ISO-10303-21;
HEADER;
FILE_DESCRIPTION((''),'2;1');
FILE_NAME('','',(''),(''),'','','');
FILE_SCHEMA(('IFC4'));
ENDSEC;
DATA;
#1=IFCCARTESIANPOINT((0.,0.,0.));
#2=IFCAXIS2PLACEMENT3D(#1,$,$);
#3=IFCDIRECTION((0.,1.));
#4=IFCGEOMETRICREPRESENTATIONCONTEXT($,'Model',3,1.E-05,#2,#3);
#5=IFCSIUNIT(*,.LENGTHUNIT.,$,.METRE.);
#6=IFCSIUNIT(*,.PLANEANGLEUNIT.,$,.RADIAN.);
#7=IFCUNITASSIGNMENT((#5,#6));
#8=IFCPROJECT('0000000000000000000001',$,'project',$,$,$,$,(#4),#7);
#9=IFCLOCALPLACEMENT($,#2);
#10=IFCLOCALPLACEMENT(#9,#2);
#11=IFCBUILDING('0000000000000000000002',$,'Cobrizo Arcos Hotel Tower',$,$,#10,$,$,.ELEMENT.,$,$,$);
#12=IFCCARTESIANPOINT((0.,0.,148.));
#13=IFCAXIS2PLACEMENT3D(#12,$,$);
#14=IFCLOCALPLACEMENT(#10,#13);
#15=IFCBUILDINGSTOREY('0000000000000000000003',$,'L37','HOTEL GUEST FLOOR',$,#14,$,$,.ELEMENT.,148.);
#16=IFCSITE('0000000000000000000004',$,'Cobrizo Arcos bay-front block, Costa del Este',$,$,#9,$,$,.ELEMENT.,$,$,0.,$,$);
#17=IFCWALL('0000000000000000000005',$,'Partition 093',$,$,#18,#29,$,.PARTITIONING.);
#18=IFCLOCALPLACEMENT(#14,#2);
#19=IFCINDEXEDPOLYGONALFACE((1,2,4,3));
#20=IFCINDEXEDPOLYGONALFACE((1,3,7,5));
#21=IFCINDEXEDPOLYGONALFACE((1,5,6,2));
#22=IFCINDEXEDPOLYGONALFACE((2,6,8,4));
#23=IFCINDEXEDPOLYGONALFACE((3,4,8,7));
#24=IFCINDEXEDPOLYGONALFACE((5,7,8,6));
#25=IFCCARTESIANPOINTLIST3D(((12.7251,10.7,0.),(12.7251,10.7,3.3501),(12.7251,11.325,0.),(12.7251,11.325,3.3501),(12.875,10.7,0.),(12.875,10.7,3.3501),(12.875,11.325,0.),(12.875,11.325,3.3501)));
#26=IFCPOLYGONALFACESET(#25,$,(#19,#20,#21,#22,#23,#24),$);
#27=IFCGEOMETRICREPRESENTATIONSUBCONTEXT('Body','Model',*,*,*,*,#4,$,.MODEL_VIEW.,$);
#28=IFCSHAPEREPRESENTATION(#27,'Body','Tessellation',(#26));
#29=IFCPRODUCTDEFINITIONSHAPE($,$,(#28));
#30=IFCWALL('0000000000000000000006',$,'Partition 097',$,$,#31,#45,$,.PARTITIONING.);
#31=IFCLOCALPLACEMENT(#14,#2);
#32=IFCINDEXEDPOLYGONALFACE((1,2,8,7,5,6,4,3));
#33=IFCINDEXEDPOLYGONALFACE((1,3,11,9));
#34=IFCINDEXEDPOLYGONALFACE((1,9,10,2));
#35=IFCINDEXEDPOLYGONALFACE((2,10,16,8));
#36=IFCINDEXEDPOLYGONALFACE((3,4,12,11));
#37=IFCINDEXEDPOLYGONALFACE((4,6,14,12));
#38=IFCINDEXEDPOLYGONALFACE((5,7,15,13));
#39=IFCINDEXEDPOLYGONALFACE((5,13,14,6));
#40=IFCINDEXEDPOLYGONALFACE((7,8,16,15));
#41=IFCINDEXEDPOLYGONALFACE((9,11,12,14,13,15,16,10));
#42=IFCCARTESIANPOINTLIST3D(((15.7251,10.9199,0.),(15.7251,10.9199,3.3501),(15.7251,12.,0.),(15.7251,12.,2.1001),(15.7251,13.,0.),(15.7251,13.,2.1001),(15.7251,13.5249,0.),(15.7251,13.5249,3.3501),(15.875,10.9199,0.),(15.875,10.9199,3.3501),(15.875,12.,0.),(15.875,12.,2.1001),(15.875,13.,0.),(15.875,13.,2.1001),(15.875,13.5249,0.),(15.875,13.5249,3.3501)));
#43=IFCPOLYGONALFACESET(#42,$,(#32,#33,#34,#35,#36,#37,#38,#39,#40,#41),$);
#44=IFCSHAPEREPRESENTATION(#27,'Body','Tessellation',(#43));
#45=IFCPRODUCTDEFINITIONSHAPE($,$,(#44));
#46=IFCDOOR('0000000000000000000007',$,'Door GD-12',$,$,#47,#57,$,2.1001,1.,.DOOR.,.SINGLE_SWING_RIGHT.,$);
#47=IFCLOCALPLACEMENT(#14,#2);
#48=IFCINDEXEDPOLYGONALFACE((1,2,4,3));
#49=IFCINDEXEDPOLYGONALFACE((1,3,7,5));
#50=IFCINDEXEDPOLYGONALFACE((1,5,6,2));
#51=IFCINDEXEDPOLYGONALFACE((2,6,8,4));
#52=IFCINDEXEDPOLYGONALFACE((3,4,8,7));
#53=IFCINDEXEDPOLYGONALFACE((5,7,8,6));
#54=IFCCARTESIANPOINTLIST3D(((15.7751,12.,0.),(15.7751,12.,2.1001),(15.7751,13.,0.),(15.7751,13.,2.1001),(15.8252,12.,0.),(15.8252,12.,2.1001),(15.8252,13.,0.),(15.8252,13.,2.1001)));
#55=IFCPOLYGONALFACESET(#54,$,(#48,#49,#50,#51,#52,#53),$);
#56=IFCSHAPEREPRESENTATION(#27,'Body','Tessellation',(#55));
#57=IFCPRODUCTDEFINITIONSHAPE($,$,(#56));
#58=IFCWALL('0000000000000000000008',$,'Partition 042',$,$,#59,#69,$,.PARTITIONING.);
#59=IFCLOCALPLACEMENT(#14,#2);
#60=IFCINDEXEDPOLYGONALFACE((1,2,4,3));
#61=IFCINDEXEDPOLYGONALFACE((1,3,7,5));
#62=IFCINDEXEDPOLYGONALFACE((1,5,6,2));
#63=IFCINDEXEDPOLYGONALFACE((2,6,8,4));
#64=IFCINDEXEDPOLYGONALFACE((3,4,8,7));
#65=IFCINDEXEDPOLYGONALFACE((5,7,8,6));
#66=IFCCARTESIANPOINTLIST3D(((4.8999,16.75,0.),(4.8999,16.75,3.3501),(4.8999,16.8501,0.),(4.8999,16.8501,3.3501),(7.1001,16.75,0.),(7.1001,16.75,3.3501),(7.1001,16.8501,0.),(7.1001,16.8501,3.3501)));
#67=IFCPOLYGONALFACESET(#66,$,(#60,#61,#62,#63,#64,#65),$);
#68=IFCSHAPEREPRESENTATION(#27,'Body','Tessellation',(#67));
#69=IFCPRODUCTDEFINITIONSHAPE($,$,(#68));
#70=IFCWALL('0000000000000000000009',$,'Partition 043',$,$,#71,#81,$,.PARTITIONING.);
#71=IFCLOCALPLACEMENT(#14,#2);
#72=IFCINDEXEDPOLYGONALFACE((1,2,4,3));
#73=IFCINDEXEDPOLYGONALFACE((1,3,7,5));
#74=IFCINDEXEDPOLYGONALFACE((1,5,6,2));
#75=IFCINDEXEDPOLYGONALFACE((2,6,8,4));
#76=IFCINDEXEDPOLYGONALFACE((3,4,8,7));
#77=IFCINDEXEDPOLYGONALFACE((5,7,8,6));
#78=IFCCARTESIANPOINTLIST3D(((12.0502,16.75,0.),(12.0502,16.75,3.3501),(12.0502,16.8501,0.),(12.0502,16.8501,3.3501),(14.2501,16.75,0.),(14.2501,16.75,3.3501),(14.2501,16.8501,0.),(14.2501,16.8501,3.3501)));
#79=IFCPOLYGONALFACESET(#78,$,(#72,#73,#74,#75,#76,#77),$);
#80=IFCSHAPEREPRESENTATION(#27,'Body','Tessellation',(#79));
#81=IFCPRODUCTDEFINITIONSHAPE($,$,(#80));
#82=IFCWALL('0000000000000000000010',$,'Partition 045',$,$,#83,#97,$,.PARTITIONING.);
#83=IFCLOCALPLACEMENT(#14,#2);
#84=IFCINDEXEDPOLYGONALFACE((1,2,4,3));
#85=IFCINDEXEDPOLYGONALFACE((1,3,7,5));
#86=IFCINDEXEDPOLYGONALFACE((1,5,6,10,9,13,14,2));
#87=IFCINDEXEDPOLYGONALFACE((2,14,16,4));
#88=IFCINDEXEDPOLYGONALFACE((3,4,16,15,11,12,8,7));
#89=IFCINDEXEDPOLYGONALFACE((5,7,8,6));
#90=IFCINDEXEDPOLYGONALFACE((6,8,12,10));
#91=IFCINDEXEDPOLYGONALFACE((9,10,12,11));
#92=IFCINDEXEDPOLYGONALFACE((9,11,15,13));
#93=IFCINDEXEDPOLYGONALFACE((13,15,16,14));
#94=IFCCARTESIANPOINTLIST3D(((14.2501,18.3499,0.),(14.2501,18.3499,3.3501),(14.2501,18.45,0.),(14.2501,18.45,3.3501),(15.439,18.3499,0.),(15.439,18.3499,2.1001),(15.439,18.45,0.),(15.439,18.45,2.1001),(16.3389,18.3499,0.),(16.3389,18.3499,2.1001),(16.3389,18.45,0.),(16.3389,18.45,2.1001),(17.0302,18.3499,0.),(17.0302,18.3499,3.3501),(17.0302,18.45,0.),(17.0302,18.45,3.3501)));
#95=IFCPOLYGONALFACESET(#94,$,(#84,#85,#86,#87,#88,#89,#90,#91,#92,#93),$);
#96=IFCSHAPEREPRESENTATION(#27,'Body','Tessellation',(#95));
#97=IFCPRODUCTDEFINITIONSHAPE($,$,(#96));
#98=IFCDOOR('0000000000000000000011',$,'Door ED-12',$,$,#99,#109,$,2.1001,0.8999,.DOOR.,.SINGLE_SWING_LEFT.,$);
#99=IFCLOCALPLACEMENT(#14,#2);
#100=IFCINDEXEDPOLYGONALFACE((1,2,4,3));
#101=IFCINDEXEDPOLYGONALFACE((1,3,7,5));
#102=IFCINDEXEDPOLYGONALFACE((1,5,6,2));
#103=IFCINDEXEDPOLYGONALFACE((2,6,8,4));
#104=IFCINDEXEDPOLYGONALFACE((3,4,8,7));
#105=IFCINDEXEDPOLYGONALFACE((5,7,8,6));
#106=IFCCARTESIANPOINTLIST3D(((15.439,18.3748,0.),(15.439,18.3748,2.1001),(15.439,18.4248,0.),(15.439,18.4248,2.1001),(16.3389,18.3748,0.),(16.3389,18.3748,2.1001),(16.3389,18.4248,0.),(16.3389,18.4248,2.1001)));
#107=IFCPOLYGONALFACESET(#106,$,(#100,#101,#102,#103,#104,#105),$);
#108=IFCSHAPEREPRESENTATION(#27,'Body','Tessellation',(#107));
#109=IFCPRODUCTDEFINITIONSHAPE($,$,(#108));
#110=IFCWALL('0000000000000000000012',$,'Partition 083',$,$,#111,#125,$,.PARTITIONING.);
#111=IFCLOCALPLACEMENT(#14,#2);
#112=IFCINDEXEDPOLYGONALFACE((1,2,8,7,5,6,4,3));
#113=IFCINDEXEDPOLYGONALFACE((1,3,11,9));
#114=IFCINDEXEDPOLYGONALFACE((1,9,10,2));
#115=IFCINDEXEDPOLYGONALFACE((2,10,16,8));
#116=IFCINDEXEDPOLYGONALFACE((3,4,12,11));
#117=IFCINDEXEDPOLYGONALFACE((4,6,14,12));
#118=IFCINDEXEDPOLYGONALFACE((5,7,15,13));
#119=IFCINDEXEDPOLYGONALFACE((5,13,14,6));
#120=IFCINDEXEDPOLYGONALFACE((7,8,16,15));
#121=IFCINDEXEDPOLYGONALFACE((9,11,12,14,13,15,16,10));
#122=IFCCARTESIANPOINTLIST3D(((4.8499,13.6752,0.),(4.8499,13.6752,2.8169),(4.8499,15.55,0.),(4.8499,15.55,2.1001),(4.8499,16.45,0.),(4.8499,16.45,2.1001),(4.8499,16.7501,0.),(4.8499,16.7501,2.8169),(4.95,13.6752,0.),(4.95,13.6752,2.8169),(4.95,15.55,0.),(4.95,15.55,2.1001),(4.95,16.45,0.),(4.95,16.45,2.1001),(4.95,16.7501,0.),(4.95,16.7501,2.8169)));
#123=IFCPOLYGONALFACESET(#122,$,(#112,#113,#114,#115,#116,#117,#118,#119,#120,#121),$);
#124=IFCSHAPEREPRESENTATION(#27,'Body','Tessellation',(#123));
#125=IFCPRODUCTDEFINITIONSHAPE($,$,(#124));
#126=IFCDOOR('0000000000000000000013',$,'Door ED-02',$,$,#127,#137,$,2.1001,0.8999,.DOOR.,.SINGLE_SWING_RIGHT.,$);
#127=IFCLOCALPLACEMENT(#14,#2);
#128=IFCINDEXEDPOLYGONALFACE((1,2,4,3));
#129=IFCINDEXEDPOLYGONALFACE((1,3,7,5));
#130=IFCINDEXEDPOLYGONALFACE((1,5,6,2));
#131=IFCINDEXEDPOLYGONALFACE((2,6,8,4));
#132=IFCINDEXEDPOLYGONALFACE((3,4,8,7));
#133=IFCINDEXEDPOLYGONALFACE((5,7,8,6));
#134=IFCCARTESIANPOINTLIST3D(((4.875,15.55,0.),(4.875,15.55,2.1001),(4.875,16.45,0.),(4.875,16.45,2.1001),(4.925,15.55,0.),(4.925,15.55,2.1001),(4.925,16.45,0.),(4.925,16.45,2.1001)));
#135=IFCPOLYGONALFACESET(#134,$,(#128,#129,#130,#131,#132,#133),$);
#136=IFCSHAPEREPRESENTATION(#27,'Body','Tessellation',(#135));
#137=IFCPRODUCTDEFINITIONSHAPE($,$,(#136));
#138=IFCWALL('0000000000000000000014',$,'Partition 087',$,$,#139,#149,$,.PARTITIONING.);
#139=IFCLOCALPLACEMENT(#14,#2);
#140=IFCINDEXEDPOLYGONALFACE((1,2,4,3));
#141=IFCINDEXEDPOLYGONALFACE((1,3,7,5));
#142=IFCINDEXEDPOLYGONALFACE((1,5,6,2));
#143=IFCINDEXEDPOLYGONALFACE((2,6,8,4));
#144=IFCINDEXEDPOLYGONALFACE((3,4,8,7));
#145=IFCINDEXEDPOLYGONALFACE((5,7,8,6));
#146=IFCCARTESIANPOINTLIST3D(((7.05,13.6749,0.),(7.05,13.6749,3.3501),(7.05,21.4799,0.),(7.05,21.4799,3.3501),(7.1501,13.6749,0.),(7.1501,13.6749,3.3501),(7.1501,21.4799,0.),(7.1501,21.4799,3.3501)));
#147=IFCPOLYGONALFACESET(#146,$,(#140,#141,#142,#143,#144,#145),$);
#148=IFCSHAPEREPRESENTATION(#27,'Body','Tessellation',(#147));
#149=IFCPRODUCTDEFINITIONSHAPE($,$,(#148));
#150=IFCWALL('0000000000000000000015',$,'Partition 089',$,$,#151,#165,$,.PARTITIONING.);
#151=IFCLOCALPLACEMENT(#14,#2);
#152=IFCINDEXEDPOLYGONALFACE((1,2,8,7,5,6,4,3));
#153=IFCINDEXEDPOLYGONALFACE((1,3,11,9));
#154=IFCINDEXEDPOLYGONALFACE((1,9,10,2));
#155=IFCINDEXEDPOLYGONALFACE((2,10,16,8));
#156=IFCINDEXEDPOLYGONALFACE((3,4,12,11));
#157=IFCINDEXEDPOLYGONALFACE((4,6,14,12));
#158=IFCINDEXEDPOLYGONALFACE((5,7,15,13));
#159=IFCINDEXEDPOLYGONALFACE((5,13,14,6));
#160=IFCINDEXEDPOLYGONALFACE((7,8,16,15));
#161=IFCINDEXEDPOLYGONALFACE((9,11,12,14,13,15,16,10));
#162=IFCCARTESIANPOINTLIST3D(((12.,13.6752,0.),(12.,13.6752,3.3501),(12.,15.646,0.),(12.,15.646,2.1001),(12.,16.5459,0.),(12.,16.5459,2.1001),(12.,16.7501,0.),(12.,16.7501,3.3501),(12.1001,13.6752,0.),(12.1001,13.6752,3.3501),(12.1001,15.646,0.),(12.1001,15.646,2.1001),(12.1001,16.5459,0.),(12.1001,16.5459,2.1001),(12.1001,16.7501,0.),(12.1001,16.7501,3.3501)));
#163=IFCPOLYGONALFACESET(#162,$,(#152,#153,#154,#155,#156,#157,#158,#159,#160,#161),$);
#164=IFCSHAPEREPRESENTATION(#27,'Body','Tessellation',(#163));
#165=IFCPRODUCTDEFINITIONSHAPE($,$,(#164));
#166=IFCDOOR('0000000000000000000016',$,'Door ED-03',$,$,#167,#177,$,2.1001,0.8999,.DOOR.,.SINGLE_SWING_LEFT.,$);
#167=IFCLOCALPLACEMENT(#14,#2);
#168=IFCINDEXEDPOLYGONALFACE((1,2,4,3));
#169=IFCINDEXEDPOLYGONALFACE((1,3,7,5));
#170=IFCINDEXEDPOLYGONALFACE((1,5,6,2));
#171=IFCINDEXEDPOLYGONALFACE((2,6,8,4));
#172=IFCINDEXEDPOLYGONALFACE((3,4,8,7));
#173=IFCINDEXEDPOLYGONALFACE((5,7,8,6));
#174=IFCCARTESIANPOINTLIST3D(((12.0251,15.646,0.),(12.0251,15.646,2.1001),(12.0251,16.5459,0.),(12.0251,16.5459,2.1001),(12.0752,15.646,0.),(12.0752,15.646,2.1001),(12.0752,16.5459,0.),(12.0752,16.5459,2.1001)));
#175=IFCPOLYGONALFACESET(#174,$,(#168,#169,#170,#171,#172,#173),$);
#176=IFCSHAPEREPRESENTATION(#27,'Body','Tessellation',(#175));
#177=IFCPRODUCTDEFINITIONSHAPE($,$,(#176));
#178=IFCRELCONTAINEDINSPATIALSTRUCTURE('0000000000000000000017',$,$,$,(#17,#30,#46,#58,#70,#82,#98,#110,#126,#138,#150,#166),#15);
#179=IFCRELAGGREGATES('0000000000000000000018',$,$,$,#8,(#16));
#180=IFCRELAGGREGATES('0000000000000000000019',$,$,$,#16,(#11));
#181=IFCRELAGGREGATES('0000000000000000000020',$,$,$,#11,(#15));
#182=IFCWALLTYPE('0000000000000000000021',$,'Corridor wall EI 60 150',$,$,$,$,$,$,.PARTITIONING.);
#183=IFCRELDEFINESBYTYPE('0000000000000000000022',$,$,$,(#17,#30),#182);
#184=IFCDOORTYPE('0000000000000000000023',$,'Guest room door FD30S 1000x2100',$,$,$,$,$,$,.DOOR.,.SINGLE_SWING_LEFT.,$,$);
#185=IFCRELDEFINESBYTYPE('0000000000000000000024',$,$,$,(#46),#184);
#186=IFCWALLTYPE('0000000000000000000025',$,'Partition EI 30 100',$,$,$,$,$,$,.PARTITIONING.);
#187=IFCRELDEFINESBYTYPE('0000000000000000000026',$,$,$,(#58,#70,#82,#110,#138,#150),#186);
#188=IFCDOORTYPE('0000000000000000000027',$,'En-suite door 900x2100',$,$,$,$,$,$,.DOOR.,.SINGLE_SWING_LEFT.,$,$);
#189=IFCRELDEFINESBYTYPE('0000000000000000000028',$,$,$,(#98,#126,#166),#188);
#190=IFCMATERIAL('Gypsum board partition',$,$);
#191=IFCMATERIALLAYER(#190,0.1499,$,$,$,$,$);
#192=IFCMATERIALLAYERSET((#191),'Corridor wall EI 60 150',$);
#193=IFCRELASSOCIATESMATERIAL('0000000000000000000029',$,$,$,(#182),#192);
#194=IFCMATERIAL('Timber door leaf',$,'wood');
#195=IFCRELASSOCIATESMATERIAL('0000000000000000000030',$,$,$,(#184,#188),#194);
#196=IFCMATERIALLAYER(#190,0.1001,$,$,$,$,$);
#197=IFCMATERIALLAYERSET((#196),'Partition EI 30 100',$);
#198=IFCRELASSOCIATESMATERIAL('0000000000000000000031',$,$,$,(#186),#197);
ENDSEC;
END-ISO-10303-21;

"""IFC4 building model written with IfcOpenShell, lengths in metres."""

from ifc_helpers import new_model, si_unit, direction, frame, frame_2d, origin, place, context, subcontext, project, spatial, rectangle, extrude, material, layer, layer_set, type_object, element, fill, save


model = new_model("IFC4")

# Units and contexts
model_context = context("Model", 3, precision=1e-05, world=origin(), true_north=direction((0.0, 1.0)))
body_context = subcontext(model_context, "Body", "Model", "MODEL_VIEW")
ifc_project = project(units=[si_unit("LENGTHUNIT", "METRE"), si_unit("PLANEANGLEUNIT", "RADIAN")], contexts=[model_context])

# Site, building, storey
site_placement = place(None, origin())
site = spatial("IfcSite", under=ifc_project, at=site_placement, Name="Cobrizo Arcos bay-front block, Costa del Este", CompositionType="ELEMENT", RefElevation=0.0)
building_placement = place(site_placement, origin())
building = spatial("IfcBuilding", under=site, at=building_placement, Name="Cobrizo Arcos Hotel Tower", CompositionType="ELEMENT")
storey_placement = place(building_placement, frame((0.0, 0.0, 148.0)))
storey = spatial("IfcBuildingStorey", under=building, at=storey_placement, Name="L37", Description="HOTEL GUEST FLOOR", CompositionType="ELEMENT", Elevation=148.0)

# Wall
ifc_material_1 = material(Name="Gypsum board partition")
ifc_layer_1 = layer(ifc_material_1, 0.1499)
ifc_layer_set_1 = layer_set([ifc_layer_1], Name="Corridor wall EI 60 150")
wall_type_1 = type_object("IfcWallType", Name="Corridor wall EI 60 150", PredefinedType="PARTITIONING", material=ifc_layer_set_1)
wall_1_placement = place(storey_placement, frame((12.8, 10.7, 0.0), z_axis=(0.0, 0.0, 1.0), x_axis=(0.0, 1.0, 0.0)))
element("IfcWall", 1, at=wall_1_placement, inside=storey, type_object=wall_type_1, Name="Partition 093", PredefinedType="PARTITIONING", context=body_context, shape_type="SweptSolid", body=[
    extrude(rectangle(XDim=0.625, YDim=0.1499, at=frame_2d((0.3125, 0.0))), origin(), (0.0, 0.0, 1.0), 3.3501),
])

# Wall, opening, door
wall_2_placement = place(storey_placement, frame((15.8, 10.9199, 0.0), z_axis=(0.0, 0.0, 1.0), x_axis=(0.0, 1.0, 0.0)))
wall_2 = element("IfcWall", 2, at=wall_2_placement, inside=storey, type_object=wall_type_1, Name="Partition 097", PredefinedType="PARTITIONING", context=body_context, shape_type="SweptSolid", body=[
    extrude(rectangle(XDim=2.605, YDim=0.1499, at=frame_2d((1.3025, 0.0))), origin(), (0.0, 0.0, 1.0), 3.3501),
])
opening_1_placement = place(wall_2_placement, frame((1.0801, 0.0, 0.0)))
opening_1 = element("IfcOpeningElement", 3, at=opening_1_placement, cuts=wall_2, PredefinedType="OPENING", context=body_context, shape_type="SweptSolid", body=[
    extrude(rectangle(XDim=1.0, YDim=2.1001, at=frame_2d((0.5, 1.05))), frame((0.0, 0.0869, 0.0), z_axis=(0.0, -1.0, 0.0), x_axis=(1.0, 0.0, 0.0)), (0.0, 0.0, 1.0), 0.1738),
])
ifc_material_2 = material(Name="Timber door leaf", Category="wood")
door_type_1 = type_object("IfcDoorType", Name="Guest room door FD30S 1000x2100", OperationType="SINGLE_SWING_LEFT", PredefinedType="DOOR", material=ifc_material_2)
door_1_placement = place(opening_1_placement, origin())
door_1 = element("IfcDoor", 4, at=door_1_placement, inside=storey, type_object=door_type_1, Name="Door GD-12", OperationType="SINGLE_SWING_RIGHT", OverallHeight=2.1001, OverallWidth=1.0, PredefinedType="DOOR", context=body_context, shape_type="SweptSolid", body=[
    extrude(rectangle(XDim=1.0, YDim=2.1001, at=frame_2d((0.5, 1.05))), frame((0.0, 0.0249, 0.0), z_axis=(0.0, -1.0, 0.0), x_axis=(1.0, 0.0, 0.0)), (0.0, 0.0, 1.0), 0.05),
])
fill(opening_1, door_1)

# Walls
ifc_layer_2 = layer(ifc_material_1, 0.1001)
ifc_layer_set_2 = layer_set([ifc_layer_2], Name="Partition EI 30 100")
wall_type_2 = type_object("IfcWallType", Name="Partition EI 30 100", PredefinedType="PARTITIONING", material=ifc_layer_set_2)
wall_3_placement = place(storey_placement, frame((4.8999, 16.8, 0.0), z_axis=(0.0, 0.0, 1.0), x_axis=(1.0, 0.0, 0.0)))
element("IfcWall", 5, at=wall_3_placement, inside=storey, type_object=wall_type_2, Name="Partition 042", PredefinedType="PARTITIONING", context=body_context, shape_type="SweptSolid", body=[
    extrude(rectangle(XDim=2.2002, YDim=0.1001, at=frame_2d((1.1001, 0.0))), origin(), (0.0, 0.0, 1.0), 3.3501),
])
wall_4_placement = place(storey_placement, frame((12.05, 16.8, 0.0), z_axis=(0.0, 0.0, 1.0), x_axis=(1.0, 0.0, 0.0)))
element("IfcWall", 6, at=wall_4_placement, inside=storey, type_object=wall_type_2, Name="Partition 043", PredefinedType="PARTITIONING", context=body_context, shape_type="SweptSolid", body=[
    extrude(rectangle(XDim=2.2, YDim=0.1001, at=frame_2d((1.1001, 0.0))), origin(), (0.0, 0.0, 1.0), 3.3501),
])

# Walls, openings, doors
wall_5_placement = place(storey_placement, frame((14.25, 18.3999, 0.0), z_axis=(0.0, 0.0, 1.0), x_axis=(1.0, 0.0, 0.0)))
wall_5 = element("IfcWall", 7, at=wall_5_placement, inside=storey, type_object=wall_type_2, Name="Partition 045", PredefinedType="PARTITIONING", context=body_context, shape_type="SweptSolid", body=[
    extrude(rectangle(XDim=2.78, YDim=0.1001, at=frame_2d((1.3901, 0.0))), origin(), (0.0, 0.0, 1.0), 3.3501),
])
opening_2_placement = place(wall_5_placement, frame((1.189, 0.0, 0.0)))
opening_2 = element("IfcOpeningElement", 8, at=opening_2_placement, cuts=wall_5, PredefinedType="OPENING", context=body_context, shape_type="SweptSolid", body=[
    extrude(rectangle(XDim=0.8999, YDim=2.1001, at=frame_2d((0.45, 1.05))), frame((0.0, 0.062, 0.0), z_axis=(0.0, -1.0, 0.0), x_axis=(1.0, 0.0, 0.0)), (0.0, 0.0, 1.0), 0.124),
])
door_type_2 = type_object("IfcDoorType", Name="En-suite door 900x2100", OperationType="SINGLE_SWING_LEFT", PredefinedType="DOOR", material=ifc_material_2)
door_2_placement = place(opening_2_placement, origin())
door_2 = element("IfcDoor", 9, at=door_2_placement, inside=storey, type_object=door_type_2, Name="Door ED-12", OperationType="SINGLE_SWING_LEFT", OverallHeight=2.1001, OverallWidth=0.8999, PredefinedType="DOOR", context=body_context, shape_type="SweptSolid", body=[
    extrude(rectangle(XDim=0.8999, YDim=2.1001, at=frame_2d((0.45, 1.05))), frame((0.0, 0.0249, 0.0), z_axis=(0.0, -1.0, 0.0), x_axis=(1.0, 0.0, 0.0)), (0.0, 0.0, 1.0), 0.05),
])
fill(opening_2, door_2)
wall_6_placement = place(storey_placement, frame((4.8999, 13.675, 0.0), z_axis=(0.0, 0.0, 1.0), x_axis=(0.0, 1.0, 0.0)))
wall_6 = element("IfcWall", 10, at=wall_6_placement, inside=storey, type_object=wall_type_2, Name="Partition 083", PredefinedType="PARTITIONING", context=body_context, shape_type="SweptSolid", body=[
    extrude(rectangle(XDim=3.075, YDim=0.1001, at=frame_2d((1.5376, 0.0))), origin(), (0.0, 0.0, 1.0), 2.8169),
])
opening_3_placement = place(wall_6_placement, frame((1.875, 0.0, 0.0)))
opening_3 = element("IfcOpeningElement", 11, at=opening_3_placement, cuts=wall_6, PredefinedType="OPENING", context=body_context, shape_type="SweptSolid", body=[
    extrude(rectangle(XDim=0.8999, YDim=2.1001, at=frame_2d((0.45, 1.05))), frame((0.0, 0.062, 0.0), z_axis=(0.0, -1.0, 0.0), x_axis=(1.0, 0.0, 0.0)), (0.0, 0.0, 1.0), 0.124),
])
door_3_placement = place(opening_3_placement, origin())
door_3 = element("IfcDoor", 12, at=door_3_placement, inside=storey, type_object=door_type_2, Name="Door ED-02", OperationType="SINGLE_SWING_RIGHT", OverallHeight=2.1001, OverallWidth=0.8999, PredefinedType="DOOR", context=body_context, shape_type="SweptSolid", body=[
    extrude(rectangle(XDim=0.8999, YDim=2.1001, at=frame_2d((0.45, 1.05))), frame((0.0, 0.0249, 0.0), z_axis=(0.0, -1.0, 0.0), x_axis=(1.0, 0.0, 0.0)), (0.0, 0.0, 1.0), 0.05),
])
fill(opening_3, door_3)

# Wall
wall_7_placement = place(storey_placement, frame((7.1001, 13.675, 0.0), z_axis=(0.0, 0.0, 1.0), x_axis=(0.0, 1.0, 0.0)))
element("IfcWall", 13, at=wall_7_placement, inside=storey, type_object=wall_type_2, Name="Partition 087", PredefinedType="PARTITIONING", context=body_context, shape_type="SweptSolid", body=[
    extrude(rectangle(XDim=7.8049, YDim=0.1001, at=frame_2d((3.9023, 0.0))), origin(), (0.0, 0.0, 1.0), 3.3501),
])

# Wall, opening, door
wall_8_placement = place(storey_placement, frame((12.05, 13.675, 0.0), z_axis=(0.0, 0.0, 1.0), x_axis=(0.0, 1.0, 0.0)))
wall_8 = element("IfcWall", 14, at=wall_8_placement, inside=storey, type_object=wall_type_2, Name="Partition 089", PredefinedType="PARTITIONING", context=body_context, shape_type="SweptSolid", body=[
    extrude(rectangle(XDim=3.075, YDim=0.1001, at=frame_2d((1.5376, 0.0))), origin(), (0.0, 0.0, 1.0), 3.3501),
])
opening_4_placement = place(wall_8_placement, frame((1.9709, 0.0, 0.0)))
opening_4 = element("IfcOpeningElement", 15, at=opening_4_placement, cuts=wall_8, PredefinedType="OPENING", context=body_context, shape_type="SweptSolid", body=[
    extrude(rectangle(XDim=0.8999, YDim=2.1001, at=frame_2d((0.45, 1.05))), frame((0.0, 0.062, 0.0), z_axis=(0.0, -1.0, 0.0), x_axis=(1.0, 0.0, 0.0)), (0.0, 0.0, 1.0), 0.124),
])
door_4_placement = place(opening_4_placement, origin())
door_4 = element("IfcDoor", 16, at=door_4_placement, inside=storey, type_object=door_type_2, Name="Door ED-03", OperationType="SINGLE_SWING_LEFT", OverallHeight=2.1001, OverallWidth=0.8999, PredefinedType="DOOR", context=body_context, shape_type="SweptSolid", body=[
    extrude(rectangle(XDim=0.8999, YDim=2.1001, at=frame_2d((0.45, 1.05))), frame((0.0, 0.0249, 0.0), z_axis=(0.0, -1.0, 0.0), x_axis=(1.0, 0.0, 0.0)), (0.0, 0.0, 1.0), 0.05),
])
fill(opening_4, door_4)

save(model, "model.ifc")
